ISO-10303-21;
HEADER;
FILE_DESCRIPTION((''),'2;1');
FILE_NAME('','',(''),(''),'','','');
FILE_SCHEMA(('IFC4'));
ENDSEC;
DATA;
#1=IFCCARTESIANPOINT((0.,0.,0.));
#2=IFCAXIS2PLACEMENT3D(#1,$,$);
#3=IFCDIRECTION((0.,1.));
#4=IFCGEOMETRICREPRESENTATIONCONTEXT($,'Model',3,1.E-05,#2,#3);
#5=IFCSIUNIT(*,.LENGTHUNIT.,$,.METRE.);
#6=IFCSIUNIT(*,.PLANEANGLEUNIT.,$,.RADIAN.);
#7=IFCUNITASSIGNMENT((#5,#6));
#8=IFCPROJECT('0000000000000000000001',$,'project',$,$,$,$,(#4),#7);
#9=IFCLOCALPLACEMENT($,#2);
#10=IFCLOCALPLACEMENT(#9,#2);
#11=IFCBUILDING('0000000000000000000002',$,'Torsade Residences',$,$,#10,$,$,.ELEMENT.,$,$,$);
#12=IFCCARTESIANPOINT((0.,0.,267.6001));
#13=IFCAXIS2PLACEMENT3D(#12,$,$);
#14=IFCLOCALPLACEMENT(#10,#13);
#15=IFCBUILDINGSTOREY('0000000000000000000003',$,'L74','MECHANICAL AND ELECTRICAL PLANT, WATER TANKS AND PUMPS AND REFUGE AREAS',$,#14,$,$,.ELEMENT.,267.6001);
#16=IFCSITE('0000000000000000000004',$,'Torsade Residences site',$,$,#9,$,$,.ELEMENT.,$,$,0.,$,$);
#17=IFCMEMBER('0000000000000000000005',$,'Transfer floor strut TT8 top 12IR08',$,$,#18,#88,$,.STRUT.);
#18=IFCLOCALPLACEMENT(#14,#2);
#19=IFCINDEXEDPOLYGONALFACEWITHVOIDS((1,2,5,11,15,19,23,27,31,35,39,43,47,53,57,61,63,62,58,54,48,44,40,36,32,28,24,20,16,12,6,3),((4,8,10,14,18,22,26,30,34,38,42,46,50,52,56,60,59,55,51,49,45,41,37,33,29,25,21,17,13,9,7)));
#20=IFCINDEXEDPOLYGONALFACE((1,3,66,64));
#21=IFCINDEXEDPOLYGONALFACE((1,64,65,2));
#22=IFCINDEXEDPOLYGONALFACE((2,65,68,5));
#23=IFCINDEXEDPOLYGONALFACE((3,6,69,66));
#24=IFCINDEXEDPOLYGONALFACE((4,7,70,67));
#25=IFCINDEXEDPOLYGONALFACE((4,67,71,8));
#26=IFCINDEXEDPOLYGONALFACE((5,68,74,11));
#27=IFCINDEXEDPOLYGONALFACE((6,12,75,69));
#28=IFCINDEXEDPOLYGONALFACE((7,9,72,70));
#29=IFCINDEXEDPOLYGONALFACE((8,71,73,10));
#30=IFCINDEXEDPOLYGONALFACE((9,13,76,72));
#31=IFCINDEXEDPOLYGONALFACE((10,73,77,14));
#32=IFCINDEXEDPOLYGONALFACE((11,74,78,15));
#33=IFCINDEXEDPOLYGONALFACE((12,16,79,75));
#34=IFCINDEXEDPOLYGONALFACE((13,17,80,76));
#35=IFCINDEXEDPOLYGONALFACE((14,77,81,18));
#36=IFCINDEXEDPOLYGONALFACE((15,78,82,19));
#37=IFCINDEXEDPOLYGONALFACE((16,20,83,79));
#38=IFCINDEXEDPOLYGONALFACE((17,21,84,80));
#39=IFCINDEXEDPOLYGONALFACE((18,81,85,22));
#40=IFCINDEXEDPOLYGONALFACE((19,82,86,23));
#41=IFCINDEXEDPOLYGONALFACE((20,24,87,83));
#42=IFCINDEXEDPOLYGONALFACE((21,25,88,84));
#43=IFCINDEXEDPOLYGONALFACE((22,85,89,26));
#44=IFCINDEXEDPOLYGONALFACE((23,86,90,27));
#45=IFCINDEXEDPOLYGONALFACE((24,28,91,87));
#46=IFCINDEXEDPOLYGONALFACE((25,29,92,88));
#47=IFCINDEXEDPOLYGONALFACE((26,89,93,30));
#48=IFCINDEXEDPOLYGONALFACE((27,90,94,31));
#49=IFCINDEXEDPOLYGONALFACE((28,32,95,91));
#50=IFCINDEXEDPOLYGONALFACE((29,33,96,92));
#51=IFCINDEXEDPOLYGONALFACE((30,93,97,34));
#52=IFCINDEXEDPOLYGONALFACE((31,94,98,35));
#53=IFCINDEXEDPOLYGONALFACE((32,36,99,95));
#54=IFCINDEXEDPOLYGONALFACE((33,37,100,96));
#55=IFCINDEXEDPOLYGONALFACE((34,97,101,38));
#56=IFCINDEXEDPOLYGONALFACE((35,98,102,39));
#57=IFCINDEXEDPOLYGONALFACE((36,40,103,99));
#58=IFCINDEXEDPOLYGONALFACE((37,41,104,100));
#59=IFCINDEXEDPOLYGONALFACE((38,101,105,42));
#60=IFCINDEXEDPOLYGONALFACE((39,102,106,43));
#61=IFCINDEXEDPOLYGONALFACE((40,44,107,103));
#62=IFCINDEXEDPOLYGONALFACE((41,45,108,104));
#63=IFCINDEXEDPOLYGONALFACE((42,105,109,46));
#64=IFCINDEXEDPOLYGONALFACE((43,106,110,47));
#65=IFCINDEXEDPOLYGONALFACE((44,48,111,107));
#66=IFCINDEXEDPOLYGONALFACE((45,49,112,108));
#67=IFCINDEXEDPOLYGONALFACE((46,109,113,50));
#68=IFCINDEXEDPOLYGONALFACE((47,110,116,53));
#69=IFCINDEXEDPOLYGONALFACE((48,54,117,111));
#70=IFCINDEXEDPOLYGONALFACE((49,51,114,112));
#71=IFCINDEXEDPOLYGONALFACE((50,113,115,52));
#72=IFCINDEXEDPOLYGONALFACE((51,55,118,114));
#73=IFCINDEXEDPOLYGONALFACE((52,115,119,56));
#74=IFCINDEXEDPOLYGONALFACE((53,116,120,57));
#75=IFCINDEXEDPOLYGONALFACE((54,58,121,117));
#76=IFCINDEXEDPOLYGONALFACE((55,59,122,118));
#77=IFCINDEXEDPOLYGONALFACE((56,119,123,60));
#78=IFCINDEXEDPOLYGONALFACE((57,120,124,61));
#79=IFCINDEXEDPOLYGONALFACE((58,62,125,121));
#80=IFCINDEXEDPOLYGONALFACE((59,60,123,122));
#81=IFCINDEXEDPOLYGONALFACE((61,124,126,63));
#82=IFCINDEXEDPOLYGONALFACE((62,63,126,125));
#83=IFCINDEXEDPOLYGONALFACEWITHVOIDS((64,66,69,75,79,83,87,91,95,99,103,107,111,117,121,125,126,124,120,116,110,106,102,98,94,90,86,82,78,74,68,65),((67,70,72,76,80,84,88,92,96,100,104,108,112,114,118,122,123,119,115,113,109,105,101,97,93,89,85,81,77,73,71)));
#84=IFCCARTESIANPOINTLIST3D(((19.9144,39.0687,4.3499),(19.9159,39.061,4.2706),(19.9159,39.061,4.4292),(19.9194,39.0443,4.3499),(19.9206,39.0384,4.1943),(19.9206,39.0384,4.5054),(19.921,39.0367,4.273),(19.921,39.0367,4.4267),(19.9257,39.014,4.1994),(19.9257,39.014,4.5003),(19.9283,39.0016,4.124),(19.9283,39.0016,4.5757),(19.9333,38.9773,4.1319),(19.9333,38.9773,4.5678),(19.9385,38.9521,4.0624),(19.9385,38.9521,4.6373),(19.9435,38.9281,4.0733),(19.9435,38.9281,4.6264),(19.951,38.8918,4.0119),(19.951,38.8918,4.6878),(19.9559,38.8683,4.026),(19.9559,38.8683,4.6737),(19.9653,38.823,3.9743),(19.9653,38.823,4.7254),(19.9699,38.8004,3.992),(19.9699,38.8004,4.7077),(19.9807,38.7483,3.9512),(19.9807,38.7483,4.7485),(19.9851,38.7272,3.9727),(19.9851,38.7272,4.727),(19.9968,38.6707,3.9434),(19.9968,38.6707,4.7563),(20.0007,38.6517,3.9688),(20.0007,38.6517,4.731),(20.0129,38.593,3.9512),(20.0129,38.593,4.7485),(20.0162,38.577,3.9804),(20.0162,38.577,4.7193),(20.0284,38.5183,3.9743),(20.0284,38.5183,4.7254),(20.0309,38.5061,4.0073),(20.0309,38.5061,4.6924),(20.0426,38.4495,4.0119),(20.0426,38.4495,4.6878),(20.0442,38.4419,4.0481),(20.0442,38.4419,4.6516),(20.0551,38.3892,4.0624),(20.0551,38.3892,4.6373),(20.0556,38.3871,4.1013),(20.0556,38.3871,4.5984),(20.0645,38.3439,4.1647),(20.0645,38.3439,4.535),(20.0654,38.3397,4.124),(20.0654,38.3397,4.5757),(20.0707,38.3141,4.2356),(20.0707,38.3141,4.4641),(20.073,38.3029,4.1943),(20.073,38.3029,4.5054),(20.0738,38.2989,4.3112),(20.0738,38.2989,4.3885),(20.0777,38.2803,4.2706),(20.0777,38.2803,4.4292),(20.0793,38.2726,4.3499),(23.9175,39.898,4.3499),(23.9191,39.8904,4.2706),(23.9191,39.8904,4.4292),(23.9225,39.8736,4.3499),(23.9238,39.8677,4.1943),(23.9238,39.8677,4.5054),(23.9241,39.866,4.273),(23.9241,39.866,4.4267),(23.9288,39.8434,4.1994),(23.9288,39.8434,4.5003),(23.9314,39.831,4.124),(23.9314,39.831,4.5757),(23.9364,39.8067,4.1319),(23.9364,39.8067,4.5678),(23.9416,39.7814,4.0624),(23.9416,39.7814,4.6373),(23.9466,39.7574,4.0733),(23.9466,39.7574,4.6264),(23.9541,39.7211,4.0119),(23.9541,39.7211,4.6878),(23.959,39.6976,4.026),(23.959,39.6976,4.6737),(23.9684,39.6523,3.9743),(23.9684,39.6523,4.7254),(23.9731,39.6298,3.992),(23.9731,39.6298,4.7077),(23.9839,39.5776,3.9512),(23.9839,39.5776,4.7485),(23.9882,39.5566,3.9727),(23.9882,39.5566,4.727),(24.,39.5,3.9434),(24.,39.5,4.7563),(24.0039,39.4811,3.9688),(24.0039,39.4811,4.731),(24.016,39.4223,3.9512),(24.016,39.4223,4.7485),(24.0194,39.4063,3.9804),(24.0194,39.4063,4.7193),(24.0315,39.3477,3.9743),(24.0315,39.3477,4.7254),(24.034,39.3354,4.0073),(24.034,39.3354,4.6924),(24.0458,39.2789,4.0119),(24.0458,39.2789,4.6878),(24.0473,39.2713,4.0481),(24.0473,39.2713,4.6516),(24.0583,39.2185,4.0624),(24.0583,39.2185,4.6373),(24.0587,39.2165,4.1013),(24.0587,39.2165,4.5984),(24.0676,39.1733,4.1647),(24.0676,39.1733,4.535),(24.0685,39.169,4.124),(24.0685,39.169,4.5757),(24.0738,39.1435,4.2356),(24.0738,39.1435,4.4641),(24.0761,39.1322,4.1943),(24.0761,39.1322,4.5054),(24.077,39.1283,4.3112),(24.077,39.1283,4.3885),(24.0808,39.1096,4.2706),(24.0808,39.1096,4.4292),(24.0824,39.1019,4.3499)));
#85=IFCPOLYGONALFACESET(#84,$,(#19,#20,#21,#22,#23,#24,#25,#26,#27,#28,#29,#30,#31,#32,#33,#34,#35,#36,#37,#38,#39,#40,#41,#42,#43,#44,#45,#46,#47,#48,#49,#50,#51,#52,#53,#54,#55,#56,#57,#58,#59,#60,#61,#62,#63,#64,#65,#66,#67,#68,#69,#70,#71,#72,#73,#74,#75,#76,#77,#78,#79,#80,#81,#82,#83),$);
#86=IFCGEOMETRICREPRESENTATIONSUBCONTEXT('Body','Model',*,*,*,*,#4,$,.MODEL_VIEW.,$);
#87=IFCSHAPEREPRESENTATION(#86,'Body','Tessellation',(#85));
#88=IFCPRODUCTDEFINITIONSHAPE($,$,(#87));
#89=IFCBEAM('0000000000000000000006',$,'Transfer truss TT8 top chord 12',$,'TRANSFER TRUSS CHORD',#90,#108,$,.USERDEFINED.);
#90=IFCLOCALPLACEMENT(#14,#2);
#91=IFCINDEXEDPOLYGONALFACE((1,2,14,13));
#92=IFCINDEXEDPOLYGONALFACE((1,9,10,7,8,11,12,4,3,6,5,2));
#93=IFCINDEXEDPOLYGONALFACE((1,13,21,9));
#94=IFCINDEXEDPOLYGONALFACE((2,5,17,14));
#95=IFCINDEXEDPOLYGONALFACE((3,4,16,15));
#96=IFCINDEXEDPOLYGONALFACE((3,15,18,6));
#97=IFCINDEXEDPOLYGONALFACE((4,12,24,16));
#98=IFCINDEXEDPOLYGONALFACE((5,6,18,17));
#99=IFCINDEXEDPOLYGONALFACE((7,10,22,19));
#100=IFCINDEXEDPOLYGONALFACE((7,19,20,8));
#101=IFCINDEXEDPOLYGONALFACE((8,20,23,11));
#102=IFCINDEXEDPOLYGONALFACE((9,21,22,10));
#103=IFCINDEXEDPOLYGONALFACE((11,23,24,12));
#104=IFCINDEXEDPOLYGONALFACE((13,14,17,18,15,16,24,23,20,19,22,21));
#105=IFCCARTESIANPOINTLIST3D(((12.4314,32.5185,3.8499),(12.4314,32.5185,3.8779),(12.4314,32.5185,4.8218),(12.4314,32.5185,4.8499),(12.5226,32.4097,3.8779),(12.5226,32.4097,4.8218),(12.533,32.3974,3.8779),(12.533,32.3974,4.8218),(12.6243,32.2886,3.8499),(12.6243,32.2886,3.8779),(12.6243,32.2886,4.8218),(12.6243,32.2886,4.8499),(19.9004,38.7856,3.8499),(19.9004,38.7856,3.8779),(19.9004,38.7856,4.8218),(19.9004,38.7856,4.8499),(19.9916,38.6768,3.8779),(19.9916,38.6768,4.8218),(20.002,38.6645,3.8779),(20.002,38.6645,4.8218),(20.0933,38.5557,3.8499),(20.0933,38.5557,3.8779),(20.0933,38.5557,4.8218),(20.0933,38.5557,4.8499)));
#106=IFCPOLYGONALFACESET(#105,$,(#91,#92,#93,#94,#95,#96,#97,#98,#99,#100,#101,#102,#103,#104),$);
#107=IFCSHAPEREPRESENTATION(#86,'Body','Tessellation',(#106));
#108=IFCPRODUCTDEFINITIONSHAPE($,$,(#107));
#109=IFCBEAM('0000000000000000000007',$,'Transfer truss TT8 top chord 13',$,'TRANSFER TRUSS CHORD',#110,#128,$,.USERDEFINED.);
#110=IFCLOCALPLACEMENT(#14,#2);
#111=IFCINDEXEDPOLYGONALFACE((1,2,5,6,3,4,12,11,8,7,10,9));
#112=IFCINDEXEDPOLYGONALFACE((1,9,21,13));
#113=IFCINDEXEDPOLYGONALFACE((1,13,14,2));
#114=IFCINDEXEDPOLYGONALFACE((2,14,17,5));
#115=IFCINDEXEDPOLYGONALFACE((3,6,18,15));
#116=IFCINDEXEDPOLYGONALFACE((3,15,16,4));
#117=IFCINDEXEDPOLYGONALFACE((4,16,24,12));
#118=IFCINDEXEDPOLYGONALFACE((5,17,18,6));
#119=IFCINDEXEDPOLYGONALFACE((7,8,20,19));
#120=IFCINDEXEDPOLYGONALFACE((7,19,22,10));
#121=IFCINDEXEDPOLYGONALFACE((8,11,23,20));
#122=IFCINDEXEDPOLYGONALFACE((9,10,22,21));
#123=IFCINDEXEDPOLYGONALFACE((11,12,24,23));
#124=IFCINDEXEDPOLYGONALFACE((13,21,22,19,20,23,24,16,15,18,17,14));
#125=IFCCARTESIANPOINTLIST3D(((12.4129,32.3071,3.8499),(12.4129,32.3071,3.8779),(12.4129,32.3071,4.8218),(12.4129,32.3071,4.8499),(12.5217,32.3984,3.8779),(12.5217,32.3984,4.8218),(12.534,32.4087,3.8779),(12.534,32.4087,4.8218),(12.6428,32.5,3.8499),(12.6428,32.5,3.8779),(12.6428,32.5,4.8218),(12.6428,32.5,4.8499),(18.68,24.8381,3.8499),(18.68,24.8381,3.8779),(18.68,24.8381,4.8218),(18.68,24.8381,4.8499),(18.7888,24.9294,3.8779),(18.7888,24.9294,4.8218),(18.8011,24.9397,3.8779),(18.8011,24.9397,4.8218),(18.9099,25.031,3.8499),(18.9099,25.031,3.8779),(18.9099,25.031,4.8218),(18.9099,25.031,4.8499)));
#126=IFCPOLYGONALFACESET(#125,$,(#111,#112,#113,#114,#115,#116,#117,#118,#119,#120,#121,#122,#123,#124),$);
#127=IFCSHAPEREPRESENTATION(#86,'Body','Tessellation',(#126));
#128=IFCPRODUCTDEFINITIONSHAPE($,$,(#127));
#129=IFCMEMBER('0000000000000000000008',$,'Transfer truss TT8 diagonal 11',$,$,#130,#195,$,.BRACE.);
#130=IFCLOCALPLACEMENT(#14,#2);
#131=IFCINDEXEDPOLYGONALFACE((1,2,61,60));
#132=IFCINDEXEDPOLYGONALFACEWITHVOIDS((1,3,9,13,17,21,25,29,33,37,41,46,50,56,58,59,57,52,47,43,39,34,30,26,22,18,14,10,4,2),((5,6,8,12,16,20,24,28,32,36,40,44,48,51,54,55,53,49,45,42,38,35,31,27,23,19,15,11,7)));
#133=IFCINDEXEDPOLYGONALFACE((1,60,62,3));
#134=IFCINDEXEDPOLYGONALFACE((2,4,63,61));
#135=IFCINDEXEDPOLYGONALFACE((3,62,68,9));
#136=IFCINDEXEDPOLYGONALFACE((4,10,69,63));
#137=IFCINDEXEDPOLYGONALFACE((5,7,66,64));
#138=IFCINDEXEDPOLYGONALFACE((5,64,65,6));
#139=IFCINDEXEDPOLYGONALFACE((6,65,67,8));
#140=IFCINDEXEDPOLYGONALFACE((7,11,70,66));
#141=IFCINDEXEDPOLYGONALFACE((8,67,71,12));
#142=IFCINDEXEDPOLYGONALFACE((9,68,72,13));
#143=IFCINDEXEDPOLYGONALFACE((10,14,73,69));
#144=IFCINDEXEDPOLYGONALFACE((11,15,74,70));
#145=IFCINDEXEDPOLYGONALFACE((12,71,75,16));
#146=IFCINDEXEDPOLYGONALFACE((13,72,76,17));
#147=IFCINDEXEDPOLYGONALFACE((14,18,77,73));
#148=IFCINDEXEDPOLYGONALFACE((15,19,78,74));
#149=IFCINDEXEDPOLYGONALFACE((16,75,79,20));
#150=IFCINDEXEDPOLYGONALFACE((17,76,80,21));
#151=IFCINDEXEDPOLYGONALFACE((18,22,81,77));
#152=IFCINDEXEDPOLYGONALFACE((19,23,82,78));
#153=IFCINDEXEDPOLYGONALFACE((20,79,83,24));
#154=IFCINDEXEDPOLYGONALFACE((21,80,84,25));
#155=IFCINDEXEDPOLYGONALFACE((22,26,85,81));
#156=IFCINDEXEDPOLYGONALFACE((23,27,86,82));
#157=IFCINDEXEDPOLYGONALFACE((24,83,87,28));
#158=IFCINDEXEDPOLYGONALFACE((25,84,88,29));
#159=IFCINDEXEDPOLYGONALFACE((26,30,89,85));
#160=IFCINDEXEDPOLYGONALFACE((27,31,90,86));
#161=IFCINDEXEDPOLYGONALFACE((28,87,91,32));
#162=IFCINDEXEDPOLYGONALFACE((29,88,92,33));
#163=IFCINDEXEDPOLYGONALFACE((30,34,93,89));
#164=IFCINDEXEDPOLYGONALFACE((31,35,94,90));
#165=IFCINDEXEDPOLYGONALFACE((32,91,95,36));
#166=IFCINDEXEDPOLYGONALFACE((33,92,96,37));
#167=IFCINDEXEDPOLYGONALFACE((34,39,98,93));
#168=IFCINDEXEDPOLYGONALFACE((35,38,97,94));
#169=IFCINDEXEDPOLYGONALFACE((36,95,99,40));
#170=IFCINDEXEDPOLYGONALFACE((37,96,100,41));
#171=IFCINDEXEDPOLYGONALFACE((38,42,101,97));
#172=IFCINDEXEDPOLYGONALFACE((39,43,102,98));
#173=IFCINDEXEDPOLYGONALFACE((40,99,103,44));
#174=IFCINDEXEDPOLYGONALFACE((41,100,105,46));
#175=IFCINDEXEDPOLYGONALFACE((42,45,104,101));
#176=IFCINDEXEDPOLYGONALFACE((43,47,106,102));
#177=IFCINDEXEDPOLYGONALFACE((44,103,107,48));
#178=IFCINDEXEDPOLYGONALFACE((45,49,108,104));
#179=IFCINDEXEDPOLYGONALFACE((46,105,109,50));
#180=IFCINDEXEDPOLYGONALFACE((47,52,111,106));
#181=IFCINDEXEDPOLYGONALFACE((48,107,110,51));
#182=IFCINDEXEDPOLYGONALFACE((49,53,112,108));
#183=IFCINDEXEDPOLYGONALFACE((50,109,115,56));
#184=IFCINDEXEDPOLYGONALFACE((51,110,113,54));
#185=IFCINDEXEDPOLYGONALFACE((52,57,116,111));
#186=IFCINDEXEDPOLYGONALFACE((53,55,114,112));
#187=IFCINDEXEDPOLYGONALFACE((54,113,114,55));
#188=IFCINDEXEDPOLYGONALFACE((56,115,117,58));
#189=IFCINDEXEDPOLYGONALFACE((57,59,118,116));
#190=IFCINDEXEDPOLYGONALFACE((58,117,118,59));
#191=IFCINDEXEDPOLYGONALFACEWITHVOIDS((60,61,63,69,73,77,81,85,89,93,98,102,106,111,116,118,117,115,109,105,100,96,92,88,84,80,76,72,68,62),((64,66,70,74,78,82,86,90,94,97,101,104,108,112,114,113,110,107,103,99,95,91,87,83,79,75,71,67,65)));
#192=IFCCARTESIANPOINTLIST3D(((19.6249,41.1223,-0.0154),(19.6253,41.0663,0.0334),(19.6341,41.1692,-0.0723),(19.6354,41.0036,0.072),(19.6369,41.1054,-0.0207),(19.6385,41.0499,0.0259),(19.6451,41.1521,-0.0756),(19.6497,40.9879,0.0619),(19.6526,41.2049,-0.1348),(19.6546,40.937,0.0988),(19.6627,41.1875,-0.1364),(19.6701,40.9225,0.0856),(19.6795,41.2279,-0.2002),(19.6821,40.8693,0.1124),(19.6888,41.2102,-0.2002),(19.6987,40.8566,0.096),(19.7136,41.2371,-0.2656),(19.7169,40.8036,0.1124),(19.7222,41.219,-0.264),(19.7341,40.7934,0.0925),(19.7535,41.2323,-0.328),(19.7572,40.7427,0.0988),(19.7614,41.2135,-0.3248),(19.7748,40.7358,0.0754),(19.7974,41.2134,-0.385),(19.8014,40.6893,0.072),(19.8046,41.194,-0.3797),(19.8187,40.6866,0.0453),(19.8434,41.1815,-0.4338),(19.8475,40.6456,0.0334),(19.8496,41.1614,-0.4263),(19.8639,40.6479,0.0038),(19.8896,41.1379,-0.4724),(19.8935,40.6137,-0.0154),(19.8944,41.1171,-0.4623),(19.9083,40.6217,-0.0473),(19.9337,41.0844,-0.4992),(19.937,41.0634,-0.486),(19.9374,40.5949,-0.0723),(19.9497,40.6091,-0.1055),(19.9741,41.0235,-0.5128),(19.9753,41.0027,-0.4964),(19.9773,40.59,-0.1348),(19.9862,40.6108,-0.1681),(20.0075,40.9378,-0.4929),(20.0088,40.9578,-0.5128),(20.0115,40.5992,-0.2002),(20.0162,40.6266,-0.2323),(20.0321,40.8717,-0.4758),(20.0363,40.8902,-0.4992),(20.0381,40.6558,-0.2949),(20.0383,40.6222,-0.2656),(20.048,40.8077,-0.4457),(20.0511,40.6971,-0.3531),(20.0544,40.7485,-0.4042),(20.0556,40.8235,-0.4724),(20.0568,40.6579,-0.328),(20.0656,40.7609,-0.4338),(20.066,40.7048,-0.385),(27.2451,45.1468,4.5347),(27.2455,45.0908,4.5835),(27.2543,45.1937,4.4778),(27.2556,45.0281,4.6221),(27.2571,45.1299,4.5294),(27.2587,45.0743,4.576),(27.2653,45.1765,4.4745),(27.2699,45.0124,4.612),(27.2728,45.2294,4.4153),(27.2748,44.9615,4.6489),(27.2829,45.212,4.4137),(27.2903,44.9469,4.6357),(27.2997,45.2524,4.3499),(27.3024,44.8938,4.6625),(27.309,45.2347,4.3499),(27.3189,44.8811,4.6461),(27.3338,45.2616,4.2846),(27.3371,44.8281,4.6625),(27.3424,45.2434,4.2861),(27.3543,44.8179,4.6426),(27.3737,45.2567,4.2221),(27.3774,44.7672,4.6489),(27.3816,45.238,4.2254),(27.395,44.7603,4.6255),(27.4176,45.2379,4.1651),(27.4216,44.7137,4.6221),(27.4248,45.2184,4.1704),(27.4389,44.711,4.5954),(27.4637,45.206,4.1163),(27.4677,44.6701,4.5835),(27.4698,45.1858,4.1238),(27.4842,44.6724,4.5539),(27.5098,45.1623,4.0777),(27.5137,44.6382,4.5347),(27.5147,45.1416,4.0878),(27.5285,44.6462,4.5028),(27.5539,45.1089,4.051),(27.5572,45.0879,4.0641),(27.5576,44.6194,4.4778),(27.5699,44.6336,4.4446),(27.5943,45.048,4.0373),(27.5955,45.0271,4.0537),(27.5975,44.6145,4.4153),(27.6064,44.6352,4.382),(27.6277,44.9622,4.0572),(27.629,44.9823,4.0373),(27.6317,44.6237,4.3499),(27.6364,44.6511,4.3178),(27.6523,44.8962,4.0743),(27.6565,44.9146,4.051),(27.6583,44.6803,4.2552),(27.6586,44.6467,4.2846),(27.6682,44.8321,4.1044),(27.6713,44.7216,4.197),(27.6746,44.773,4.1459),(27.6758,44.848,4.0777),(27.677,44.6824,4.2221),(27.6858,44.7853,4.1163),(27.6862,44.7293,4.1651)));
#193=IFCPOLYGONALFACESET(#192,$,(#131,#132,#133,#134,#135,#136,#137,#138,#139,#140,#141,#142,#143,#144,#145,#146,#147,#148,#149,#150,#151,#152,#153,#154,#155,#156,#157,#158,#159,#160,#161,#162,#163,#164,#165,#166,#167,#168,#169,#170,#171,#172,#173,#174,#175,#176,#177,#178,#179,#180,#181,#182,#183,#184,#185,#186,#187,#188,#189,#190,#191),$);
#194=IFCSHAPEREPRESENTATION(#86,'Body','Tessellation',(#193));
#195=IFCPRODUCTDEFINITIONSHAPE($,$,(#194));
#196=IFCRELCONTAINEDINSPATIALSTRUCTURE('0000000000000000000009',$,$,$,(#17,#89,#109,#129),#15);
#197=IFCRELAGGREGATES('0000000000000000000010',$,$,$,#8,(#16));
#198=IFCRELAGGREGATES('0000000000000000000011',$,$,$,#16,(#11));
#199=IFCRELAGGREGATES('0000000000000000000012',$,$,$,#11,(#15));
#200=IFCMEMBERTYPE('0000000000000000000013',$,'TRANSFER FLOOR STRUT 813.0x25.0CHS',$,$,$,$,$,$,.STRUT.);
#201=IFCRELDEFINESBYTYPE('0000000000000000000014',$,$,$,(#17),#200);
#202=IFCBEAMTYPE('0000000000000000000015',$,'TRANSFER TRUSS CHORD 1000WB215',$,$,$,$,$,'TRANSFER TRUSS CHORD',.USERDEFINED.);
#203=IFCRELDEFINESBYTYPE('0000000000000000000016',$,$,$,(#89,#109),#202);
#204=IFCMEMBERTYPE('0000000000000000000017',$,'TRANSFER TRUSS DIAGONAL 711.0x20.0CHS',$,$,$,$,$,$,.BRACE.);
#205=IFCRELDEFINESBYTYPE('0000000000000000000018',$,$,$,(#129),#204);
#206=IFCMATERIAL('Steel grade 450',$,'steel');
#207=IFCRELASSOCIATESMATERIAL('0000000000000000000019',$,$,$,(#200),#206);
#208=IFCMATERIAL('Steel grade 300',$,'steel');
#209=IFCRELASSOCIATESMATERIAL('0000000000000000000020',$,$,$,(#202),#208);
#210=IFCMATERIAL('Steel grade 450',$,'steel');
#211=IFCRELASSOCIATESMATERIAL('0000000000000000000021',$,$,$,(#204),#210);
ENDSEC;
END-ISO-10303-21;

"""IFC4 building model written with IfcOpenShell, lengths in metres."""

from ifc_helpers import new_model, si_unit, direction, frame, origin, origin_2d, place, context, subcontext, project, spatial, hollow_circle, i_section, extrude, material, material_profile, profile_set, type_object, element, save


model = new_model("IFC4")

# Units and contexts
model_context = context("Model", 3, precision=1e-05, world=origin(), true_north=direction((0.0, 1.0)))
body_context = subcontext(model_context, "Body", "Model", "MODEL_VIEW")
ifc_project = project(units=[si_unit("LENGTHUNIT", "METRE"), si_unit("PLANEANGLEUNIT", "RADIAN")], contexts=[model_context])

# Site, building, storey
site_placement = place(None, origin())
site = spatial("IfcSite", under=ifc_project, at=site_placement, Name="Torsade Residences site", CompositionType="ELEMENT", RefElevation=0.0)
building_placement = place(site_placement, origin())
building = spatial("IfcBuilding", under=site, at=building_placement, Name="Torsade Residences", CompositionType="ELEMENT")
storey_placement = place(building_placement, frame((0.0, 0.0, 267.6001)))
storey = spatial("IfcBuildingStorey", under=building, at=storey_placement, Name="L74", Description="MECHANICAL AND ELECTRICAL PLANT, WATER TANKS AND PUMPS AND REFUGE AREAS", CompositionType="ELEMENT", Elevation=267.6001)

# Member
ifc_material_1 = material(Name="Steel grade 450", Category="steel")
ifc_material_profile_1 = material_profile(ifc_material_1, hollow_circle(Radius=0.4065, WallThickness=0.0249, at=origin_2d()), Name="813.0x25.0CHS")
ifc_profile_set_1 = profile_set([ifc_material_profile_1], Name="Steel grade 450")
member_type_1 = type_object("IfcMemberType", Name="TRANSFER FLOOR STRUT 813.0x25.0CHS", PredefinedType="STRUT", material=ifc_profile_set_1)
member_1_placement = place(storey_placement, frame((19.9968, 38.6707, 4.3499), z_axis=(0.979207, 0.202864, 0.0), x_axis=(-0.202864, 0.979207, 0.0)))
element("IfcMember", 1, at=member_1_placement, inside=storey, type_object=member_type_1, Name="Transfer floor strut TT8 top 12IR08", PredefinedType="STRUT", context=body_context, shape_type="SweptSolid", body=[
    extrude(hollow_circle(Radius=0.4065, WallThickness=0.0249, at=origin_2d()), origin(), (0.0, 0.0, 1.0), 4.0881),
])

# Beams
ifc_material_2 = material(Name="Steel grade 300", Category="steel")
ifc_material_profile_2 = material_profile(ifc_material_2, i_section(OverallWidth=0.3, OverallDepth=1.0, WebThickness=0.0161, FlangeThickness=0.0281, at=origin_2d()), Name="1000WB215")
ifc_profile_set_2 = profile_set([ifc_material_profile_2], Name="Steel grade 300")
beam_type_1 = type_object("IfcBeamType", Name="TRANSFER TRUSS CHORD 1000WB215", ElementType="TRANSFER TRUSS CHORD", PredefinedType="USERDEFINED", material=ifc_profile_set_2)
for number, where, z_axis, x_axis, name in (
    (2, (19.9968, 38.6707, 4.3499), (-0.766052, -0.642779, 0.0), (0.642779, -0.766052, 0.0), "Transfer truss TT8 top chord 12"),
    (3, (12.5278, 32.4036, 4.3499), (0.642779, -0.766052, 0.0), (0.766052, 0.642779, 0.0), "Transfer truss TT8 top chord 13"),
):
    element("IfcBeam", number, at=place(storey_placement, frame(where, z_axis=z_axis, x_axis=x_axis)), inside=storey, type_object=beam_type_1, Name=name, ObjectType="TRANSFER TRUSS CHORD", PredefinedType="USERDEFINED", context=body_context, shape_type="SweptSolid", body=[
        extrude(i_section(OverallWidth=0.3, OverallDepth=1.0, WebThickness=0.0161, FlangeThickness=0.0281, at=origin_2d()), origin(), (0.0, 0.0, 1.0), 9.75),
    ])

# Member
ifc_material_3 = material(Name="Steel grade 450", Category="steel")
ifc_material_profile_3 = material_profile(ifc_material_3, hollow_circle(Radius=0.3555, WallThickness=0.02, at=origin_2d()), Name="711.0x20.0CHS")
ifc_profile_set_3 = profile_set([ifc_material_profile_3], Name="Steel grade 450")
member_type_2 = type_object("IfcMemberType", Name="TRANSFER TRUSS DIAGONAL 711.0x20.0CHS", PredefinedType="BRACE", material=ifc_profile_set_3)
member_2_placement = place(storey_placement, frame((19.8455, 40.9136, -0.2002), z_axis=(0.781951, 0.412972, 0.466911), x_axis=(-0.467002, 0.884256, 0.0)))
element("IfcMember", 4, at=member_2_placement, inside=storey, type_object=member_type_2, Name="Transfer truss TT8 diagonal 11", PredefinedType="BRACE", context=body_context, shape_type="SweptSolid", body=[
    extrude(hollow_circle(Radius=0.3555, WallThickness=0.02, at=origin_2d()), origin(), (0.0, 0.0, 1.0), 9.7451),
])

save(model, "model.ifc")
